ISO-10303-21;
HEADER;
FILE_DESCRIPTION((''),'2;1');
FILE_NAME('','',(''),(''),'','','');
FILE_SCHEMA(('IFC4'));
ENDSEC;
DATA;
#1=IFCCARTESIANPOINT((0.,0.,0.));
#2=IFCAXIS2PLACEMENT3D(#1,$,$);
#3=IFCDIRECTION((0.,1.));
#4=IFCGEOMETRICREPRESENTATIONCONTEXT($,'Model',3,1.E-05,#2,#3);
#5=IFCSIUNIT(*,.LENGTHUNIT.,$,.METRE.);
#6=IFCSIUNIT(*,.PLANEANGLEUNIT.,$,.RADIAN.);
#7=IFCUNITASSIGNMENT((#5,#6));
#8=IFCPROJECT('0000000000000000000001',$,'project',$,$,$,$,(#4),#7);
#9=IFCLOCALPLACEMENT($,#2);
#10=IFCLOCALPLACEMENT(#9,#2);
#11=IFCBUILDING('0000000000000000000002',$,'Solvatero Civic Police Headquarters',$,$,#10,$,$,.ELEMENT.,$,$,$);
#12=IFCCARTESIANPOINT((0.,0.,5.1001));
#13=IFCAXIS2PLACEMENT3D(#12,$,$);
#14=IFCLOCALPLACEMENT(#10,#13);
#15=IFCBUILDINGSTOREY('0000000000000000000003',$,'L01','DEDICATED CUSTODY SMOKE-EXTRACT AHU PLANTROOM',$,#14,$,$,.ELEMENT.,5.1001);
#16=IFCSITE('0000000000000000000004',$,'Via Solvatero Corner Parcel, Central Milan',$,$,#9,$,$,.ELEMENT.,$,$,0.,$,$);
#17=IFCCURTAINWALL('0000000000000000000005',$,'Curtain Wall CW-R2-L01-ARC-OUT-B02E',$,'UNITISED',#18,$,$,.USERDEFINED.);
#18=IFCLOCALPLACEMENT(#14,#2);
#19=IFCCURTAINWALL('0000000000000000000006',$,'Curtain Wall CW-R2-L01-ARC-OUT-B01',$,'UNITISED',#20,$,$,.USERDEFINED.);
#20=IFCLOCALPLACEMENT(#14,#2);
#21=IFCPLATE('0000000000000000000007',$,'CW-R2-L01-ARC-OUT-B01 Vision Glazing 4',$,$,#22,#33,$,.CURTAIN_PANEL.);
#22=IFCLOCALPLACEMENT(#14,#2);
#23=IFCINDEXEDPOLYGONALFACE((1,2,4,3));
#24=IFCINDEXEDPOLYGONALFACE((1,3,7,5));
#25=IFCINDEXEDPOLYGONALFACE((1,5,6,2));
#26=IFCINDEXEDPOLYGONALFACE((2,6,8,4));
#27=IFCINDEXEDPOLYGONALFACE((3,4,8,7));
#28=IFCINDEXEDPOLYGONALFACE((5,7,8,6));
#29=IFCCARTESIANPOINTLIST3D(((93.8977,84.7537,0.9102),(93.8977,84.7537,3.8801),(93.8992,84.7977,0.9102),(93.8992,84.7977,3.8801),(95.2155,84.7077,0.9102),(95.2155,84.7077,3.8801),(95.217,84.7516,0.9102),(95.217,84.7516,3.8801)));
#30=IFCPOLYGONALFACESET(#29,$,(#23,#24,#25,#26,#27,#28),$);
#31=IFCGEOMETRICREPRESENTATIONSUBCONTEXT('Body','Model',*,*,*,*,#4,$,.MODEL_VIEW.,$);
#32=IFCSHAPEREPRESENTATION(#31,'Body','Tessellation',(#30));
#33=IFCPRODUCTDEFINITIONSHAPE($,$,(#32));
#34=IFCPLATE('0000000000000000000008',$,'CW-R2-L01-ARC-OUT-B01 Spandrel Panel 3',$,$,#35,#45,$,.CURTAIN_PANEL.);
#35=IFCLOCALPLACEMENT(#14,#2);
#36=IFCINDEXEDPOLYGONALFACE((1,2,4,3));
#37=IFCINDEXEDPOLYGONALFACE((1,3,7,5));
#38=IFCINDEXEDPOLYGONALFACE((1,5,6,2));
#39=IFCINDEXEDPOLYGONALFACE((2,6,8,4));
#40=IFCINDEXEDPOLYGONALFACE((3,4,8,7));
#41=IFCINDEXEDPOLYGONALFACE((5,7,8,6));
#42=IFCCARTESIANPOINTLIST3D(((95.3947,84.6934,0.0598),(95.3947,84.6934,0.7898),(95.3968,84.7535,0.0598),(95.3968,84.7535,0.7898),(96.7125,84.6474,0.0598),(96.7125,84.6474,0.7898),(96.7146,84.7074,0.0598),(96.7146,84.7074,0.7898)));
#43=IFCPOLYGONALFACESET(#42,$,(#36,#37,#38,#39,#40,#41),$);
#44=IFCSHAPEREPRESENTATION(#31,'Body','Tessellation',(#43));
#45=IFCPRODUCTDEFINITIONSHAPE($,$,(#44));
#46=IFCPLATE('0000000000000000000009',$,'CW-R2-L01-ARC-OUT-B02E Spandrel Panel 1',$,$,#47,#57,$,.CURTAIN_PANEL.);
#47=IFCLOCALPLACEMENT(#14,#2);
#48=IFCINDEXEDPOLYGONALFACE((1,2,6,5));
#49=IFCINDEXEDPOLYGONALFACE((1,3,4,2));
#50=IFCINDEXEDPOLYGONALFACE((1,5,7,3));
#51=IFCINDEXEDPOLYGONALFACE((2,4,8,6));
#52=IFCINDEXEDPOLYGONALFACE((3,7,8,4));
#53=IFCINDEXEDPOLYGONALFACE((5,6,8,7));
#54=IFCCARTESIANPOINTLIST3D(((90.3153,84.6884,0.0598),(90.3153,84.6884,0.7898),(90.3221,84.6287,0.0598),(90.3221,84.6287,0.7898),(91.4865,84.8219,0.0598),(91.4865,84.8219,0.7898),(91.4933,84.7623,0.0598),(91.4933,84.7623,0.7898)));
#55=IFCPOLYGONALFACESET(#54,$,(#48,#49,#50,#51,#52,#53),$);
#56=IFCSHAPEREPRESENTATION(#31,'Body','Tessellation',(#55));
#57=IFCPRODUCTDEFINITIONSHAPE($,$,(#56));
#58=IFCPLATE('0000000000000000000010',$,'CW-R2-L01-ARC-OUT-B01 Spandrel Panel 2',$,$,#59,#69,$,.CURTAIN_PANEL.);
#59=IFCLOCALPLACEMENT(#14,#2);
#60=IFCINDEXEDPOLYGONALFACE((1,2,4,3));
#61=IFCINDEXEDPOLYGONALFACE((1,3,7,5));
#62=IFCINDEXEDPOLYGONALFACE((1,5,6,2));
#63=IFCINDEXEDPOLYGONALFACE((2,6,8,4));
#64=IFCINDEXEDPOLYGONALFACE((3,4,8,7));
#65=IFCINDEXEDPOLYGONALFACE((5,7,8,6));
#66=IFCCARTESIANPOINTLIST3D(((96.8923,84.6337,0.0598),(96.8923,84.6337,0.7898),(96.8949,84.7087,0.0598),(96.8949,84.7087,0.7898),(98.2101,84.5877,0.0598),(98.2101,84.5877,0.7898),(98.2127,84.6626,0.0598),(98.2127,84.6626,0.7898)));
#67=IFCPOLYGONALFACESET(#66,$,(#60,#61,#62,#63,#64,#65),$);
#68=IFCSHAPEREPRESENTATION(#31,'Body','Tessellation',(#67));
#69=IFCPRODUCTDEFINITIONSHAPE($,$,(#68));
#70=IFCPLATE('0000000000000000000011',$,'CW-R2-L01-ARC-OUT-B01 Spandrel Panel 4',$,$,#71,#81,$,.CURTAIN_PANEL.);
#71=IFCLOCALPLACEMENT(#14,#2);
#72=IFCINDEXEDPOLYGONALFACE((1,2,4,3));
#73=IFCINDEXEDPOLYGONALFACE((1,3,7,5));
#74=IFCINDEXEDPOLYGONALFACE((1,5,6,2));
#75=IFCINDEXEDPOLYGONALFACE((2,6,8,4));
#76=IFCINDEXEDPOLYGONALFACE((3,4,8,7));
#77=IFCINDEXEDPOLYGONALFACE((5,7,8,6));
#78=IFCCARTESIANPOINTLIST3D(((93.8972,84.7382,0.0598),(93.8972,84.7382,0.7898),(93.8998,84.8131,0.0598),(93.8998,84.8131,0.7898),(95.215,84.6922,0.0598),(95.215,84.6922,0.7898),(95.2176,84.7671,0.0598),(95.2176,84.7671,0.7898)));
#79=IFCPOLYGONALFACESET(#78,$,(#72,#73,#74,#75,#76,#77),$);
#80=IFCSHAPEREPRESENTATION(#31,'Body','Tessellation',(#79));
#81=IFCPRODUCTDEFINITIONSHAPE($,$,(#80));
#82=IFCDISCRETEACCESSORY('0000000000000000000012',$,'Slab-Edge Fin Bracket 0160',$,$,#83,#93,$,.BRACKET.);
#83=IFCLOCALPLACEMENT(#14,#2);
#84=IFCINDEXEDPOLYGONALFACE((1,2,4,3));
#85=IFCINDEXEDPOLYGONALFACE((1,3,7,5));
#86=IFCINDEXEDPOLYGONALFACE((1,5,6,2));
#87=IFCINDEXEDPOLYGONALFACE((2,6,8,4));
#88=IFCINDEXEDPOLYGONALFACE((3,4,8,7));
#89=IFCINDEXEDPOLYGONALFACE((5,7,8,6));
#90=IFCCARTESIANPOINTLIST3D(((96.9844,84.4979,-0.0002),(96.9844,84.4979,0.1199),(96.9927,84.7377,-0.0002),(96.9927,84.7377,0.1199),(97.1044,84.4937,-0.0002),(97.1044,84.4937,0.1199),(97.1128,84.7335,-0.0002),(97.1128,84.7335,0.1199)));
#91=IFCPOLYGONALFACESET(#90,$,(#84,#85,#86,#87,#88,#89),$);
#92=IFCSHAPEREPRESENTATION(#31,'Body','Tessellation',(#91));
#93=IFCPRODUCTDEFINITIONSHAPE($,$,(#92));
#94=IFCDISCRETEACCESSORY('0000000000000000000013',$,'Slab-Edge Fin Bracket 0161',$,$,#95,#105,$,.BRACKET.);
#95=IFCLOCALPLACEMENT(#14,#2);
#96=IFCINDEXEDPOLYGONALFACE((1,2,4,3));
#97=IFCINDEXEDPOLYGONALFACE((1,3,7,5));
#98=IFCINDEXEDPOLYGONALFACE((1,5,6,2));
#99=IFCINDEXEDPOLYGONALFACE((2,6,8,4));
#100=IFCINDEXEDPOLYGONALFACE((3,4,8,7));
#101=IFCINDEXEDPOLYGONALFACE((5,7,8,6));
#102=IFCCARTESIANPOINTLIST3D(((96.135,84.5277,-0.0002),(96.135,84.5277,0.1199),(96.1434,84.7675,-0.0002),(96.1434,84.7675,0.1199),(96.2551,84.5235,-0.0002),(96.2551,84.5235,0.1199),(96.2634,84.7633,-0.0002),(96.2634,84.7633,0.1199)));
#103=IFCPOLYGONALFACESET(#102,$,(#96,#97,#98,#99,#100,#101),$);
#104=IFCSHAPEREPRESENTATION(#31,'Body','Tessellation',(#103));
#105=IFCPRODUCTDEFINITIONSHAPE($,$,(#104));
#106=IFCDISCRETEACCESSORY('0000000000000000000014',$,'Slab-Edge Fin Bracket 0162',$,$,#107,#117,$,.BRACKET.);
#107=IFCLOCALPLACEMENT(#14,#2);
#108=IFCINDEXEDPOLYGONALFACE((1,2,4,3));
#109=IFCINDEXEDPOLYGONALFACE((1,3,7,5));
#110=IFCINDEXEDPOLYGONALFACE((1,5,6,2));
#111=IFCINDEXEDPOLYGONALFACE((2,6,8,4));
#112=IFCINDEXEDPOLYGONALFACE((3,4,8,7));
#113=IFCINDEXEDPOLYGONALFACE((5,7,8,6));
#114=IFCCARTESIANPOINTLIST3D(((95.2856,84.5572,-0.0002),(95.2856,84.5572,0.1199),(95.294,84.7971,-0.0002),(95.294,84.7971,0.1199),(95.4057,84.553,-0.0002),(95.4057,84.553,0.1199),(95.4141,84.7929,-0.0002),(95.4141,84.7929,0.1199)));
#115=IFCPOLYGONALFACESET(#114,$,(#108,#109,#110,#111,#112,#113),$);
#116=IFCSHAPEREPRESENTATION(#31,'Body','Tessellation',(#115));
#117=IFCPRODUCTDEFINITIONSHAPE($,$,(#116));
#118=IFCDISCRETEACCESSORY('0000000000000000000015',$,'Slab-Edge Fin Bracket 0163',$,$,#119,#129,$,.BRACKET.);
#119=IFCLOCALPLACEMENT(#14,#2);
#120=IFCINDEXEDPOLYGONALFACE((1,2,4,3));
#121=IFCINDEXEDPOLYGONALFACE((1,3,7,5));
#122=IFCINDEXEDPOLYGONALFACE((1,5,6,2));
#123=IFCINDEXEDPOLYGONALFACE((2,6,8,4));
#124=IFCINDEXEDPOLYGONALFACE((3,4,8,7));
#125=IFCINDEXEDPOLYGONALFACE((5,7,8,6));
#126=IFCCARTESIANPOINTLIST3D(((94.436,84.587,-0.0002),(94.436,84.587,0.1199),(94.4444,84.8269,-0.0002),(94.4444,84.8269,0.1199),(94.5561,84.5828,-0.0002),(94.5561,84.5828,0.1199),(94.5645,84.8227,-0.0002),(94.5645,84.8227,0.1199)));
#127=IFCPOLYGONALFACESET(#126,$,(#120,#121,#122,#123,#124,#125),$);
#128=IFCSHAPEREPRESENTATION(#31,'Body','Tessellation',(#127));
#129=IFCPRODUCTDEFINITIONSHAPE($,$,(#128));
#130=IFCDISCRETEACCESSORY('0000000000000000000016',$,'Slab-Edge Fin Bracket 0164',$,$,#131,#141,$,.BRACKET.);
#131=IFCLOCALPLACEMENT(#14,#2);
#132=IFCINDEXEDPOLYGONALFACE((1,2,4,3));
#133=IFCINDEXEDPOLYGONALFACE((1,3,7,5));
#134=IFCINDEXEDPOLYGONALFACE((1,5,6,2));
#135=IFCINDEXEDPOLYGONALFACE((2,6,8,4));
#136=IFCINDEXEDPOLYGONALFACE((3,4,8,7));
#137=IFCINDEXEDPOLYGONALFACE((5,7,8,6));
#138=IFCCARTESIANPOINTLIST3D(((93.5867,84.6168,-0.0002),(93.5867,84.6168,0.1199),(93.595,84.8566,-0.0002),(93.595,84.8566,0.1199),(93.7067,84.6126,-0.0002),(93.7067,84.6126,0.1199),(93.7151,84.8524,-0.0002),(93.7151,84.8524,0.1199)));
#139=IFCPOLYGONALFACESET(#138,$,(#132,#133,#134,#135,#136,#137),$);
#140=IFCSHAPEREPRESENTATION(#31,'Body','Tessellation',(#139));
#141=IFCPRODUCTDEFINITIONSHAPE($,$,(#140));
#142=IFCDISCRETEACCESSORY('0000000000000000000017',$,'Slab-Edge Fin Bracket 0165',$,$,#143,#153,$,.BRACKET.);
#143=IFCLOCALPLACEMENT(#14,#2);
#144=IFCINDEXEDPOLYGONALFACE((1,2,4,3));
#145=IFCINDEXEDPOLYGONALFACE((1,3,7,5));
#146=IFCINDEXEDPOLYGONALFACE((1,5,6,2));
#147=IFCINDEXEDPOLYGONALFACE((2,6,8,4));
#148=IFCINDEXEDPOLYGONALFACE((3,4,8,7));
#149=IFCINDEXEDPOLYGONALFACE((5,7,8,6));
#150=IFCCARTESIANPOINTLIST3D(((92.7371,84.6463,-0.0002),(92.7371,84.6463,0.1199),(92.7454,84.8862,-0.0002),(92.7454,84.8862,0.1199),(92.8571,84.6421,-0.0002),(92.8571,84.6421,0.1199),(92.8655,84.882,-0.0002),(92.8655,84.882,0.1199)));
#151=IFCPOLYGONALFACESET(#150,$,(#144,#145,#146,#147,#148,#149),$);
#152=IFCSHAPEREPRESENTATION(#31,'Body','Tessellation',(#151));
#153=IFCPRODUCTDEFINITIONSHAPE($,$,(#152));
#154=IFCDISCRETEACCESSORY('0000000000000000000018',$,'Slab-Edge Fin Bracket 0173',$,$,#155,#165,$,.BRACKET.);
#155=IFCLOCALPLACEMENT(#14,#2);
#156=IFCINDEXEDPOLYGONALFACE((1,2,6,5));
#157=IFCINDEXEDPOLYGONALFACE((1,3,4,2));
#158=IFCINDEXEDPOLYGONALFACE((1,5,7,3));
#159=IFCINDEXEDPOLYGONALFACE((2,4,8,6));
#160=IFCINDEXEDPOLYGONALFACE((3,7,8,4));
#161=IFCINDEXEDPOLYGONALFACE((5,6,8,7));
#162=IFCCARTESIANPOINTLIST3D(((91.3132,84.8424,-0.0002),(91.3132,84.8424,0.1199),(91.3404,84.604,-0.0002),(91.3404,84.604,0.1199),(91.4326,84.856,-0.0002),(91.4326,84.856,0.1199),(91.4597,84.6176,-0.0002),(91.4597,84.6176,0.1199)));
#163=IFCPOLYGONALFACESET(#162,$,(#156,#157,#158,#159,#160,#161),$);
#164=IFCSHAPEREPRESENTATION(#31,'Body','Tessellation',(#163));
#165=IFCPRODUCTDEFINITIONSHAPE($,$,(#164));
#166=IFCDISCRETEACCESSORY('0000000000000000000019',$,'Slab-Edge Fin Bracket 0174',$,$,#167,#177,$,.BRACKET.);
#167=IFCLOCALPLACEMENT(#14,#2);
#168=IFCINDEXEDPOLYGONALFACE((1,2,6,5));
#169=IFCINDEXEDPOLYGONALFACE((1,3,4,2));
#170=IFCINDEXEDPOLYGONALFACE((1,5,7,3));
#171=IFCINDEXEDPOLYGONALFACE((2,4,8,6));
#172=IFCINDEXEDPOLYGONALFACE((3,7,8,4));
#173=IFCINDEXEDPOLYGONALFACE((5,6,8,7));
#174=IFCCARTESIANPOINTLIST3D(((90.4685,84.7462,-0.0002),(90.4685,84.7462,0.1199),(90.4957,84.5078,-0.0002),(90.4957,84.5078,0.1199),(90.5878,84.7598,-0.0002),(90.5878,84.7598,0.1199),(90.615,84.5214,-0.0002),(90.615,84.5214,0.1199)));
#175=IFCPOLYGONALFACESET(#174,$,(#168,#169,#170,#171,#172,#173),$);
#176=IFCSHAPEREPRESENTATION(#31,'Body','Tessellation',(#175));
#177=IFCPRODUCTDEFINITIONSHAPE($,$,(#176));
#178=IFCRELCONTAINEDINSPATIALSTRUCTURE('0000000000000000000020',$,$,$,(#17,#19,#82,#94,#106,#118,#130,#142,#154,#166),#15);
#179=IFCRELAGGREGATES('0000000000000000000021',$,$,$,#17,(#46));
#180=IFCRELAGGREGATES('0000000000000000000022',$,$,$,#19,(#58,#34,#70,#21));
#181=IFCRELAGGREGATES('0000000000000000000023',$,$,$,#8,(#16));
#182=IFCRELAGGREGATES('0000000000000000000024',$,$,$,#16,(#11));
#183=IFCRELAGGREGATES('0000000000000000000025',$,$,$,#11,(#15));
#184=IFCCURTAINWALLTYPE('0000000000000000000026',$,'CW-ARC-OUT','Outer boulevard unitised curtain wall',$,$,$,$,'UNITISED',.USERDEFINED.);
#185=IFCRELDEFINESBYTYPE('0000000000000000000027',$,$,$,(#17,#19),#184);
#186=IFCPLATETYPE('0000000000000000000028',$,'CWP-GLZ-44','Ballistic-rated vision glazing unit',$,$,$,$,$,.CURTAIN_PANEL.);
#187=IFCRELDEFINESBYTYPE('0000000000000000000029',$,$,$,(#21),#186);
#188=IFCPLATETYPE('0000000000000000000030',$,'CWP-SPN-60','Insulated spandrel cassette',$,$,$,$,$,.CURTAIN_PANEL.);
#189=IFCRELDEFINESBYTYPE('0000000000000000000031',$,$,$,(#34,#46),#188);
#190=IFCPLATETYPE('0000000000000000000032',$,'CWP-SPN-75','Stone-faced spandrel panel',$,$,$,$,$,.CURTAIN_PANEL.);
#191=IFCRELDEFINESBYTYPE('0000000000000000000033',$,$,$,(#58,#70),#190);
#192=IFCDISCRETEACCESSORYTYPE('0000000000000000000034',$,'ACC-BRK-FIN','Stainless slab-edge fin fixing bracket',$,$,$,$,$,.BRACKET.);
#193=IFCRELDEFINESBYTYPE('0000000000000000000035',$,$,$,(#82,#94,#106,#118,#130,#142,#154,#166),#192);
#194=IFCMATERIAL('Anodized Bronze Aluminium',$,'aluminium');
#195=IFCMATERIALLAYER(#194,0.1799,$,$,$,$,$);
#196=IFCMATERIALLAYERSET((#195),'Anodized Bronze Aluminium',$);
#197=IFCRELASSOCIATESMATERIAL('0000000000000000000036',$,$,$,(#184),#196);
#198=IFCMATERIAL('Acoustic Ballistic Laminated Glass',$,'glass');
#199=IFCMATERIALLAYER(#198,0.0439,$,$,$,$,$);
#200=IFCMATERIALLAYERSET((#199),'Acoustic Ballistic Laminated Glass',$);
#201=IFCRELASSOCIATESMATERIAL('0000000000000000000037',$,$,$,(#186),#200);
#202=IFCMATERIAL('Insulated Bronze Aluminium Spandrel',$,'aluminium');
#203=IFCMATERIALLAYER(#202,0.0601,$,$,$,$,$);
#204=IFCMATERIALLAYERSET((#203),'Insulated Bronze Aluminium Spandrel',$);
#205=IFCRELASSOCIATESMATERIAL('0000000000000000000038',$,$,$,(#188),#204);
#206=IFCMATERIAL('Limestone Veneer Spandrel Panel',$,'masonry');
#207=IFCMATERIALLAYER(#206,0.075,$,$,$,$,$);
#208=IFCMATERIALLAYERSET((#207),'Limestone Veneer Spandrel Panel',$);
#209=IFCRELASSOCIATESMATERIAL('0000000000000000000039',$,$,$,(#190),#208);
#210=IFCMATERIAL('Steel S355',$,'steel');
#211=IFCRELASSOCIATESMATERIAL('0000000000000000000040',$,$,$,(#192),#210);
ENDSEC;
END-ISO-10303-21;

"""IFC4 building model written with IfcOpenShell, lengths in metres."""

from ifc_helpers import new_model, si_unit, direction, frame, origin, origin_2d, place, context, subcontext, project, spatial, rectangle, extrude, material, layer, layer_set, type_object, element, aggregate, save


model = new_model("IFC4")

# Units and contexts
model_context = context("Model", 3, precision=1e-05, world=origin(), true_north=direction((0.0, 1.0)))
body_context = subcontext(model_context, "Body", "Model", "MODEL_VIEW")
ifc_project = project(units=[si_unit("LENGTHUNIT", "METRE"), si_unit("PLANEANGLEUNIT", "RADIAN")], contexts=[model_context])

# Site, building, storey
site_placement = place(None, origin())
site = spatial("IfcSite", under=ifc_project, at=site_placement, Name="Via Solvatero Corner Parcel, Central Milan", CompositionType="ELEMENT", RefElevation=0.0)
building_placement = place(site_placement, origin())
building = spatial("IfcBuilding", under=site, at=building_placement, Name="Solvatero Civic Police Headquarters", CompositionType="ELEMENT")
storey_placement = place(building_placement, frame((0.0, 0.0, 5.1001)))
storey = spatial("IfcBuildingStorey", under=building, at=storey_placement, Name="L01", Description="DEDICATED CUSTODY SMOKE-EXTRACT AHU PLANTROOM", CompositionType="ELEMENT", Elevation=5.1001)

# Shared definitions
ifc_material_1 = material(Name="Steel S355", Category="steel")

# Curtain wall
ifc_material_2 = material(Name="Anodized Bronze Aluminium", Category="aluminium")
ifc_layer_1 = layer(ifc_material_2, 0.1799)
ifc_layer_set_1 = layer_set([ifc_layer_1], Name="Anodized Bronze Aluminium")
curtain_wall_type = type_object("IfcCurtainWallType", Name="CW-ARC-OUT", Description="Outer boulevard unitised curtain wall", ElementType="UNITISED", PredefinedType="USERDEFINED", material=ifc_layer_set_1)
curtain_wall_1_placement = place(storey_placement, origin())
curtain_wall_1 = element("IfcCurtainWall", 1, at=curtain_wall_1_placement, inside=storey, type_object=curtain_wall_type, Name="Curtain Wall CW-R2-L01-ARC-OUT-B02E", ObjectType="UNITISED", PredefinedType="USERDEFINED")

# Curtain wall
curtain_wall_2_placement = place(storey_placement, origin())
curtain_wall_2 = element("IfcCurtainWall", 2, at=curtain_wall_2_placement, inside=storey, type_object=curtain_wall_type, Name="Curtain Wall CW-R2-L01-ARC-OUT-B01", ObjectType="UNITISED", PredefinedType="USERDEFINED")

# Plates
ifc_material_3 = material(Name="Acoustic Ballistic Laminated Glass", Category="glass")
ifc_layer_2 = layer(ifc_material_3, 0.0439)
ifc_layer_set_2 = layer_set([ifc_layer_2], Name="Acoustic Ballistic Laminated Glass")
plate_type_1 = type_object("IfcPlateType", Name="CWP-GLZ-44", Description="Ballistic-rated vision glazing unit", PredefinedType="CURTAIN_PANEL", material=ifc_layer_set_2)
plate_1_placement = place(storey_placement, frame((94.5574, 84.7527, 0.9102), z_axis=(0.0, 0.0, 1.0), x_axis=(-0.999391, 0.034899, 0.0)))
plate_1 = element("IfcPlate", 3, at=plate_1_placement, type_object=plate_type_1, Name="CW-R2-L01-ARC-OUT-B01 Vision Glazing 4", PredefinedType="CURTAIN_PANEL", context=body_context, shape_type="SweptSolid", body=[
    extrude(rectangle(XDim=1.3186, YDim=0.0439, at=origin_2d()), origin(), (0.0, 0.0, 1.0), 2.97),
])
ifc_material_4 = material(Name="Insulated Bronze Aluminium Spandrel", Category="aluminium")
ifc_layer_3 = layer(ifc_material_4, 0.0601)
ifc_layer_set_3 = layer_set([ifc_layer_3], Name="Insulated Bronze Aluminium Spandrel")
plate_type_2 = type_object("IfcPlateType", Name="CWP-SPN-60", Description="Insulated spandrel cassette", PredefinedType="CURTAIN_PANEL", material=ifc_layer_set_3)
plate_2_placement = place(storey_placement, frame((96.0547, 84.7004, 0.0598), z_axis=(0.0, 0.0, 1.0), x_axis=(-0.999391, 0.034899, 0.0)))
plate_2 = element("IfcPlate", 4, at=plate_2_placement, type_object=plate_type_2, Name="CW-R2-L01-ARC-OUT-B01 Spandrel Panel 3", PredefinedType="CURTAIN_PANEL", context=body_context, shape_type="SweptSolid", body=[
    extrude(rectangle(XDim=1.3186, YDim=0.0601, at=origin_2d()), origin(), (0.0, 0.0, 1.0), 0.73),
])
plate_3_placement = place(storey_placement, frame((90.9043, 84.7253, 0.0598), z_axis=(0.0, 0.0, 1.0), x_axis=(-0.993564, -0.113273, 0.0)))
plate_3 = element("IfcPlate", 5, at=plate_3_placement, type_object=plate_type_2, Name="CW-R2-L01-ARC-OUT-B02E Spandrel Panel 1", PredefinedType="CURTAIN_PANEL", context=body_context, shape_type="SweptSolid", body=[
    extrude(rectangle(XDim=1.1787, YDim=0.0601, at=origin_2d()), origin(), (0.0, 0.0, 1.0), 0.73),
])
aggregate(curtain_wall_1, [plate_3])
ifc_material_5 = material(Name="Limestone Veneer Spandrel Panel", Category="masonry")
ifc_layer_4 = layer(ifc_material_5, 0.075)
ifc_layer_set_4 = layer_set([ifc_layer_4], Name="Limestone Veneer Spandrel Panel")
plate_type_3 = type_object("IfcPlateType", Name="CWP-SPN-75", Description="Stone-faced spandrel panel", PredefinedType="CURTAIN_PANEL", material=ifc_layer_set_4)
plate_4_placement = place(storey_placement, frame((97.5525, 84.6482, 0.0598), z_axis=(0.0, 0.0, 1.0), x_axis=(-0.999391, 0.034899, 0.0)))
plate_4 = element("IfcPlate", 6, at=plate_4_placement, type_object=plate_type_3, Name="CW-R2-L01-ARC-OUT-B01 Spandrel Panel 2", PredefinedType="CURTAIN_PANEL", context=body_context, shape_type="SweptSolid", body=[
    extrude(rectangle(XDim=1.3186, YDim=0.075, at=origin_2d()), origin(), (0.0, 0.0, 1.0), 0.73),
])
plate_5_placement = place(storey_placement, frame((94.5574, 84.7527, 0.0598), z_axis=(0.0, 0.0, 1.0), x_axis=(-0.999391, 0.034899, 0.0)))
plate_5 = element("IfcPlate", 7, at=plate_5_placement, type_object=plate_type_3, Name="CW-R2-L01-ARC-OUT-B01 Spandrel Panel 4", PredefinedType="CURTAIN_PANEL", context=body_context, shape_type="SweptSolid", body=[
    extrude(rectangle(XDim=1.3186, YDim=0.075, at=origin_2d()), origin(), (0.0, 0.0, 1.0), 0.73),
])
aggregate(curtain_wall_2, [plate_4, plate_2, plate_5, plate_1])

# Discrete accessories
discrete_accessory_type = type_object("IfcDiscreteAccessoryType", Name="ACC-BRK-FIN", Description="Stainless slab-edge fin fixing bracket", PredefinedType="BRACKET", material=ifc_material_1)
for number, where, z_axis, x_axis, name in (
    (8, (97.0486, 84.6157, -0.0002), (0.0, 0.0, 1.0), (-0.999391, 0.034899, 0.0), "Slab-Edge Fin Bracket 0160"),
    (9, (96.1992, 84.6455, -0.0002), (0.0, 0.0, 1.0), (-0.999391, 0.034899, 0.0), "Slab-Edge Fin Bracket 0161"),
    (10, (95.3499, 84.675, -0.0002), (0.0, 0.0, 1.0), (-0.999391, 0.034899, 0.0), "Slab-Edge Fin Bracket 0162"),
    (11, (94.5002, 84.7048, -0.0002), (0.0, 0.0, 1.0), (-0.999391, 0.034899, 0.0), "Slab-Edge Fin Bracket 0163"),
    (12, (93.6509, 84.7346, -0.0002), (0.0, 0.0, 1.0), (-0.999391, 0.034899, 0.0), "Slab-Edge Fin Bracket 0164"),
    (13, (92.8013, 84.7642, -0.0002), (0.0, 0.0, 1.0), (-0.999391, 0.034899, 0.0), "Slab-Edge Fin Bracket 0165"),
    (14, (91.3865, 84.73, -0.0002), (0.0, 0.0, 1.0), (-0.993564, -0.113273, 0.0), "Slab-Edge Fin Bracket 0173"),
    (15, (90.5417, 84.6338, -0.0002), (0.0, 0.0, 1.0), (-0.993564, -0.113273, 0.0), "Slab-Edge Fin Bracket 0174"),
):
    element("IfcDiscreteAccessory", number, at=place(storey_placement, frame(where, z_axis=z_axis, x_axis=x_axis)), inside=storey, type_object=discrete_accessory_type, Name=name, PredefinedType="BRACKET", context=body_context, shape_type="SweptSolid", body=[
        extrude(rectangle(XDim=0.1201, YDim=0.24, at=origin_2d()), origin(), (0.0, 0.0, 1.0), 0.1201),
    ])

save(model, "model.ifc")
